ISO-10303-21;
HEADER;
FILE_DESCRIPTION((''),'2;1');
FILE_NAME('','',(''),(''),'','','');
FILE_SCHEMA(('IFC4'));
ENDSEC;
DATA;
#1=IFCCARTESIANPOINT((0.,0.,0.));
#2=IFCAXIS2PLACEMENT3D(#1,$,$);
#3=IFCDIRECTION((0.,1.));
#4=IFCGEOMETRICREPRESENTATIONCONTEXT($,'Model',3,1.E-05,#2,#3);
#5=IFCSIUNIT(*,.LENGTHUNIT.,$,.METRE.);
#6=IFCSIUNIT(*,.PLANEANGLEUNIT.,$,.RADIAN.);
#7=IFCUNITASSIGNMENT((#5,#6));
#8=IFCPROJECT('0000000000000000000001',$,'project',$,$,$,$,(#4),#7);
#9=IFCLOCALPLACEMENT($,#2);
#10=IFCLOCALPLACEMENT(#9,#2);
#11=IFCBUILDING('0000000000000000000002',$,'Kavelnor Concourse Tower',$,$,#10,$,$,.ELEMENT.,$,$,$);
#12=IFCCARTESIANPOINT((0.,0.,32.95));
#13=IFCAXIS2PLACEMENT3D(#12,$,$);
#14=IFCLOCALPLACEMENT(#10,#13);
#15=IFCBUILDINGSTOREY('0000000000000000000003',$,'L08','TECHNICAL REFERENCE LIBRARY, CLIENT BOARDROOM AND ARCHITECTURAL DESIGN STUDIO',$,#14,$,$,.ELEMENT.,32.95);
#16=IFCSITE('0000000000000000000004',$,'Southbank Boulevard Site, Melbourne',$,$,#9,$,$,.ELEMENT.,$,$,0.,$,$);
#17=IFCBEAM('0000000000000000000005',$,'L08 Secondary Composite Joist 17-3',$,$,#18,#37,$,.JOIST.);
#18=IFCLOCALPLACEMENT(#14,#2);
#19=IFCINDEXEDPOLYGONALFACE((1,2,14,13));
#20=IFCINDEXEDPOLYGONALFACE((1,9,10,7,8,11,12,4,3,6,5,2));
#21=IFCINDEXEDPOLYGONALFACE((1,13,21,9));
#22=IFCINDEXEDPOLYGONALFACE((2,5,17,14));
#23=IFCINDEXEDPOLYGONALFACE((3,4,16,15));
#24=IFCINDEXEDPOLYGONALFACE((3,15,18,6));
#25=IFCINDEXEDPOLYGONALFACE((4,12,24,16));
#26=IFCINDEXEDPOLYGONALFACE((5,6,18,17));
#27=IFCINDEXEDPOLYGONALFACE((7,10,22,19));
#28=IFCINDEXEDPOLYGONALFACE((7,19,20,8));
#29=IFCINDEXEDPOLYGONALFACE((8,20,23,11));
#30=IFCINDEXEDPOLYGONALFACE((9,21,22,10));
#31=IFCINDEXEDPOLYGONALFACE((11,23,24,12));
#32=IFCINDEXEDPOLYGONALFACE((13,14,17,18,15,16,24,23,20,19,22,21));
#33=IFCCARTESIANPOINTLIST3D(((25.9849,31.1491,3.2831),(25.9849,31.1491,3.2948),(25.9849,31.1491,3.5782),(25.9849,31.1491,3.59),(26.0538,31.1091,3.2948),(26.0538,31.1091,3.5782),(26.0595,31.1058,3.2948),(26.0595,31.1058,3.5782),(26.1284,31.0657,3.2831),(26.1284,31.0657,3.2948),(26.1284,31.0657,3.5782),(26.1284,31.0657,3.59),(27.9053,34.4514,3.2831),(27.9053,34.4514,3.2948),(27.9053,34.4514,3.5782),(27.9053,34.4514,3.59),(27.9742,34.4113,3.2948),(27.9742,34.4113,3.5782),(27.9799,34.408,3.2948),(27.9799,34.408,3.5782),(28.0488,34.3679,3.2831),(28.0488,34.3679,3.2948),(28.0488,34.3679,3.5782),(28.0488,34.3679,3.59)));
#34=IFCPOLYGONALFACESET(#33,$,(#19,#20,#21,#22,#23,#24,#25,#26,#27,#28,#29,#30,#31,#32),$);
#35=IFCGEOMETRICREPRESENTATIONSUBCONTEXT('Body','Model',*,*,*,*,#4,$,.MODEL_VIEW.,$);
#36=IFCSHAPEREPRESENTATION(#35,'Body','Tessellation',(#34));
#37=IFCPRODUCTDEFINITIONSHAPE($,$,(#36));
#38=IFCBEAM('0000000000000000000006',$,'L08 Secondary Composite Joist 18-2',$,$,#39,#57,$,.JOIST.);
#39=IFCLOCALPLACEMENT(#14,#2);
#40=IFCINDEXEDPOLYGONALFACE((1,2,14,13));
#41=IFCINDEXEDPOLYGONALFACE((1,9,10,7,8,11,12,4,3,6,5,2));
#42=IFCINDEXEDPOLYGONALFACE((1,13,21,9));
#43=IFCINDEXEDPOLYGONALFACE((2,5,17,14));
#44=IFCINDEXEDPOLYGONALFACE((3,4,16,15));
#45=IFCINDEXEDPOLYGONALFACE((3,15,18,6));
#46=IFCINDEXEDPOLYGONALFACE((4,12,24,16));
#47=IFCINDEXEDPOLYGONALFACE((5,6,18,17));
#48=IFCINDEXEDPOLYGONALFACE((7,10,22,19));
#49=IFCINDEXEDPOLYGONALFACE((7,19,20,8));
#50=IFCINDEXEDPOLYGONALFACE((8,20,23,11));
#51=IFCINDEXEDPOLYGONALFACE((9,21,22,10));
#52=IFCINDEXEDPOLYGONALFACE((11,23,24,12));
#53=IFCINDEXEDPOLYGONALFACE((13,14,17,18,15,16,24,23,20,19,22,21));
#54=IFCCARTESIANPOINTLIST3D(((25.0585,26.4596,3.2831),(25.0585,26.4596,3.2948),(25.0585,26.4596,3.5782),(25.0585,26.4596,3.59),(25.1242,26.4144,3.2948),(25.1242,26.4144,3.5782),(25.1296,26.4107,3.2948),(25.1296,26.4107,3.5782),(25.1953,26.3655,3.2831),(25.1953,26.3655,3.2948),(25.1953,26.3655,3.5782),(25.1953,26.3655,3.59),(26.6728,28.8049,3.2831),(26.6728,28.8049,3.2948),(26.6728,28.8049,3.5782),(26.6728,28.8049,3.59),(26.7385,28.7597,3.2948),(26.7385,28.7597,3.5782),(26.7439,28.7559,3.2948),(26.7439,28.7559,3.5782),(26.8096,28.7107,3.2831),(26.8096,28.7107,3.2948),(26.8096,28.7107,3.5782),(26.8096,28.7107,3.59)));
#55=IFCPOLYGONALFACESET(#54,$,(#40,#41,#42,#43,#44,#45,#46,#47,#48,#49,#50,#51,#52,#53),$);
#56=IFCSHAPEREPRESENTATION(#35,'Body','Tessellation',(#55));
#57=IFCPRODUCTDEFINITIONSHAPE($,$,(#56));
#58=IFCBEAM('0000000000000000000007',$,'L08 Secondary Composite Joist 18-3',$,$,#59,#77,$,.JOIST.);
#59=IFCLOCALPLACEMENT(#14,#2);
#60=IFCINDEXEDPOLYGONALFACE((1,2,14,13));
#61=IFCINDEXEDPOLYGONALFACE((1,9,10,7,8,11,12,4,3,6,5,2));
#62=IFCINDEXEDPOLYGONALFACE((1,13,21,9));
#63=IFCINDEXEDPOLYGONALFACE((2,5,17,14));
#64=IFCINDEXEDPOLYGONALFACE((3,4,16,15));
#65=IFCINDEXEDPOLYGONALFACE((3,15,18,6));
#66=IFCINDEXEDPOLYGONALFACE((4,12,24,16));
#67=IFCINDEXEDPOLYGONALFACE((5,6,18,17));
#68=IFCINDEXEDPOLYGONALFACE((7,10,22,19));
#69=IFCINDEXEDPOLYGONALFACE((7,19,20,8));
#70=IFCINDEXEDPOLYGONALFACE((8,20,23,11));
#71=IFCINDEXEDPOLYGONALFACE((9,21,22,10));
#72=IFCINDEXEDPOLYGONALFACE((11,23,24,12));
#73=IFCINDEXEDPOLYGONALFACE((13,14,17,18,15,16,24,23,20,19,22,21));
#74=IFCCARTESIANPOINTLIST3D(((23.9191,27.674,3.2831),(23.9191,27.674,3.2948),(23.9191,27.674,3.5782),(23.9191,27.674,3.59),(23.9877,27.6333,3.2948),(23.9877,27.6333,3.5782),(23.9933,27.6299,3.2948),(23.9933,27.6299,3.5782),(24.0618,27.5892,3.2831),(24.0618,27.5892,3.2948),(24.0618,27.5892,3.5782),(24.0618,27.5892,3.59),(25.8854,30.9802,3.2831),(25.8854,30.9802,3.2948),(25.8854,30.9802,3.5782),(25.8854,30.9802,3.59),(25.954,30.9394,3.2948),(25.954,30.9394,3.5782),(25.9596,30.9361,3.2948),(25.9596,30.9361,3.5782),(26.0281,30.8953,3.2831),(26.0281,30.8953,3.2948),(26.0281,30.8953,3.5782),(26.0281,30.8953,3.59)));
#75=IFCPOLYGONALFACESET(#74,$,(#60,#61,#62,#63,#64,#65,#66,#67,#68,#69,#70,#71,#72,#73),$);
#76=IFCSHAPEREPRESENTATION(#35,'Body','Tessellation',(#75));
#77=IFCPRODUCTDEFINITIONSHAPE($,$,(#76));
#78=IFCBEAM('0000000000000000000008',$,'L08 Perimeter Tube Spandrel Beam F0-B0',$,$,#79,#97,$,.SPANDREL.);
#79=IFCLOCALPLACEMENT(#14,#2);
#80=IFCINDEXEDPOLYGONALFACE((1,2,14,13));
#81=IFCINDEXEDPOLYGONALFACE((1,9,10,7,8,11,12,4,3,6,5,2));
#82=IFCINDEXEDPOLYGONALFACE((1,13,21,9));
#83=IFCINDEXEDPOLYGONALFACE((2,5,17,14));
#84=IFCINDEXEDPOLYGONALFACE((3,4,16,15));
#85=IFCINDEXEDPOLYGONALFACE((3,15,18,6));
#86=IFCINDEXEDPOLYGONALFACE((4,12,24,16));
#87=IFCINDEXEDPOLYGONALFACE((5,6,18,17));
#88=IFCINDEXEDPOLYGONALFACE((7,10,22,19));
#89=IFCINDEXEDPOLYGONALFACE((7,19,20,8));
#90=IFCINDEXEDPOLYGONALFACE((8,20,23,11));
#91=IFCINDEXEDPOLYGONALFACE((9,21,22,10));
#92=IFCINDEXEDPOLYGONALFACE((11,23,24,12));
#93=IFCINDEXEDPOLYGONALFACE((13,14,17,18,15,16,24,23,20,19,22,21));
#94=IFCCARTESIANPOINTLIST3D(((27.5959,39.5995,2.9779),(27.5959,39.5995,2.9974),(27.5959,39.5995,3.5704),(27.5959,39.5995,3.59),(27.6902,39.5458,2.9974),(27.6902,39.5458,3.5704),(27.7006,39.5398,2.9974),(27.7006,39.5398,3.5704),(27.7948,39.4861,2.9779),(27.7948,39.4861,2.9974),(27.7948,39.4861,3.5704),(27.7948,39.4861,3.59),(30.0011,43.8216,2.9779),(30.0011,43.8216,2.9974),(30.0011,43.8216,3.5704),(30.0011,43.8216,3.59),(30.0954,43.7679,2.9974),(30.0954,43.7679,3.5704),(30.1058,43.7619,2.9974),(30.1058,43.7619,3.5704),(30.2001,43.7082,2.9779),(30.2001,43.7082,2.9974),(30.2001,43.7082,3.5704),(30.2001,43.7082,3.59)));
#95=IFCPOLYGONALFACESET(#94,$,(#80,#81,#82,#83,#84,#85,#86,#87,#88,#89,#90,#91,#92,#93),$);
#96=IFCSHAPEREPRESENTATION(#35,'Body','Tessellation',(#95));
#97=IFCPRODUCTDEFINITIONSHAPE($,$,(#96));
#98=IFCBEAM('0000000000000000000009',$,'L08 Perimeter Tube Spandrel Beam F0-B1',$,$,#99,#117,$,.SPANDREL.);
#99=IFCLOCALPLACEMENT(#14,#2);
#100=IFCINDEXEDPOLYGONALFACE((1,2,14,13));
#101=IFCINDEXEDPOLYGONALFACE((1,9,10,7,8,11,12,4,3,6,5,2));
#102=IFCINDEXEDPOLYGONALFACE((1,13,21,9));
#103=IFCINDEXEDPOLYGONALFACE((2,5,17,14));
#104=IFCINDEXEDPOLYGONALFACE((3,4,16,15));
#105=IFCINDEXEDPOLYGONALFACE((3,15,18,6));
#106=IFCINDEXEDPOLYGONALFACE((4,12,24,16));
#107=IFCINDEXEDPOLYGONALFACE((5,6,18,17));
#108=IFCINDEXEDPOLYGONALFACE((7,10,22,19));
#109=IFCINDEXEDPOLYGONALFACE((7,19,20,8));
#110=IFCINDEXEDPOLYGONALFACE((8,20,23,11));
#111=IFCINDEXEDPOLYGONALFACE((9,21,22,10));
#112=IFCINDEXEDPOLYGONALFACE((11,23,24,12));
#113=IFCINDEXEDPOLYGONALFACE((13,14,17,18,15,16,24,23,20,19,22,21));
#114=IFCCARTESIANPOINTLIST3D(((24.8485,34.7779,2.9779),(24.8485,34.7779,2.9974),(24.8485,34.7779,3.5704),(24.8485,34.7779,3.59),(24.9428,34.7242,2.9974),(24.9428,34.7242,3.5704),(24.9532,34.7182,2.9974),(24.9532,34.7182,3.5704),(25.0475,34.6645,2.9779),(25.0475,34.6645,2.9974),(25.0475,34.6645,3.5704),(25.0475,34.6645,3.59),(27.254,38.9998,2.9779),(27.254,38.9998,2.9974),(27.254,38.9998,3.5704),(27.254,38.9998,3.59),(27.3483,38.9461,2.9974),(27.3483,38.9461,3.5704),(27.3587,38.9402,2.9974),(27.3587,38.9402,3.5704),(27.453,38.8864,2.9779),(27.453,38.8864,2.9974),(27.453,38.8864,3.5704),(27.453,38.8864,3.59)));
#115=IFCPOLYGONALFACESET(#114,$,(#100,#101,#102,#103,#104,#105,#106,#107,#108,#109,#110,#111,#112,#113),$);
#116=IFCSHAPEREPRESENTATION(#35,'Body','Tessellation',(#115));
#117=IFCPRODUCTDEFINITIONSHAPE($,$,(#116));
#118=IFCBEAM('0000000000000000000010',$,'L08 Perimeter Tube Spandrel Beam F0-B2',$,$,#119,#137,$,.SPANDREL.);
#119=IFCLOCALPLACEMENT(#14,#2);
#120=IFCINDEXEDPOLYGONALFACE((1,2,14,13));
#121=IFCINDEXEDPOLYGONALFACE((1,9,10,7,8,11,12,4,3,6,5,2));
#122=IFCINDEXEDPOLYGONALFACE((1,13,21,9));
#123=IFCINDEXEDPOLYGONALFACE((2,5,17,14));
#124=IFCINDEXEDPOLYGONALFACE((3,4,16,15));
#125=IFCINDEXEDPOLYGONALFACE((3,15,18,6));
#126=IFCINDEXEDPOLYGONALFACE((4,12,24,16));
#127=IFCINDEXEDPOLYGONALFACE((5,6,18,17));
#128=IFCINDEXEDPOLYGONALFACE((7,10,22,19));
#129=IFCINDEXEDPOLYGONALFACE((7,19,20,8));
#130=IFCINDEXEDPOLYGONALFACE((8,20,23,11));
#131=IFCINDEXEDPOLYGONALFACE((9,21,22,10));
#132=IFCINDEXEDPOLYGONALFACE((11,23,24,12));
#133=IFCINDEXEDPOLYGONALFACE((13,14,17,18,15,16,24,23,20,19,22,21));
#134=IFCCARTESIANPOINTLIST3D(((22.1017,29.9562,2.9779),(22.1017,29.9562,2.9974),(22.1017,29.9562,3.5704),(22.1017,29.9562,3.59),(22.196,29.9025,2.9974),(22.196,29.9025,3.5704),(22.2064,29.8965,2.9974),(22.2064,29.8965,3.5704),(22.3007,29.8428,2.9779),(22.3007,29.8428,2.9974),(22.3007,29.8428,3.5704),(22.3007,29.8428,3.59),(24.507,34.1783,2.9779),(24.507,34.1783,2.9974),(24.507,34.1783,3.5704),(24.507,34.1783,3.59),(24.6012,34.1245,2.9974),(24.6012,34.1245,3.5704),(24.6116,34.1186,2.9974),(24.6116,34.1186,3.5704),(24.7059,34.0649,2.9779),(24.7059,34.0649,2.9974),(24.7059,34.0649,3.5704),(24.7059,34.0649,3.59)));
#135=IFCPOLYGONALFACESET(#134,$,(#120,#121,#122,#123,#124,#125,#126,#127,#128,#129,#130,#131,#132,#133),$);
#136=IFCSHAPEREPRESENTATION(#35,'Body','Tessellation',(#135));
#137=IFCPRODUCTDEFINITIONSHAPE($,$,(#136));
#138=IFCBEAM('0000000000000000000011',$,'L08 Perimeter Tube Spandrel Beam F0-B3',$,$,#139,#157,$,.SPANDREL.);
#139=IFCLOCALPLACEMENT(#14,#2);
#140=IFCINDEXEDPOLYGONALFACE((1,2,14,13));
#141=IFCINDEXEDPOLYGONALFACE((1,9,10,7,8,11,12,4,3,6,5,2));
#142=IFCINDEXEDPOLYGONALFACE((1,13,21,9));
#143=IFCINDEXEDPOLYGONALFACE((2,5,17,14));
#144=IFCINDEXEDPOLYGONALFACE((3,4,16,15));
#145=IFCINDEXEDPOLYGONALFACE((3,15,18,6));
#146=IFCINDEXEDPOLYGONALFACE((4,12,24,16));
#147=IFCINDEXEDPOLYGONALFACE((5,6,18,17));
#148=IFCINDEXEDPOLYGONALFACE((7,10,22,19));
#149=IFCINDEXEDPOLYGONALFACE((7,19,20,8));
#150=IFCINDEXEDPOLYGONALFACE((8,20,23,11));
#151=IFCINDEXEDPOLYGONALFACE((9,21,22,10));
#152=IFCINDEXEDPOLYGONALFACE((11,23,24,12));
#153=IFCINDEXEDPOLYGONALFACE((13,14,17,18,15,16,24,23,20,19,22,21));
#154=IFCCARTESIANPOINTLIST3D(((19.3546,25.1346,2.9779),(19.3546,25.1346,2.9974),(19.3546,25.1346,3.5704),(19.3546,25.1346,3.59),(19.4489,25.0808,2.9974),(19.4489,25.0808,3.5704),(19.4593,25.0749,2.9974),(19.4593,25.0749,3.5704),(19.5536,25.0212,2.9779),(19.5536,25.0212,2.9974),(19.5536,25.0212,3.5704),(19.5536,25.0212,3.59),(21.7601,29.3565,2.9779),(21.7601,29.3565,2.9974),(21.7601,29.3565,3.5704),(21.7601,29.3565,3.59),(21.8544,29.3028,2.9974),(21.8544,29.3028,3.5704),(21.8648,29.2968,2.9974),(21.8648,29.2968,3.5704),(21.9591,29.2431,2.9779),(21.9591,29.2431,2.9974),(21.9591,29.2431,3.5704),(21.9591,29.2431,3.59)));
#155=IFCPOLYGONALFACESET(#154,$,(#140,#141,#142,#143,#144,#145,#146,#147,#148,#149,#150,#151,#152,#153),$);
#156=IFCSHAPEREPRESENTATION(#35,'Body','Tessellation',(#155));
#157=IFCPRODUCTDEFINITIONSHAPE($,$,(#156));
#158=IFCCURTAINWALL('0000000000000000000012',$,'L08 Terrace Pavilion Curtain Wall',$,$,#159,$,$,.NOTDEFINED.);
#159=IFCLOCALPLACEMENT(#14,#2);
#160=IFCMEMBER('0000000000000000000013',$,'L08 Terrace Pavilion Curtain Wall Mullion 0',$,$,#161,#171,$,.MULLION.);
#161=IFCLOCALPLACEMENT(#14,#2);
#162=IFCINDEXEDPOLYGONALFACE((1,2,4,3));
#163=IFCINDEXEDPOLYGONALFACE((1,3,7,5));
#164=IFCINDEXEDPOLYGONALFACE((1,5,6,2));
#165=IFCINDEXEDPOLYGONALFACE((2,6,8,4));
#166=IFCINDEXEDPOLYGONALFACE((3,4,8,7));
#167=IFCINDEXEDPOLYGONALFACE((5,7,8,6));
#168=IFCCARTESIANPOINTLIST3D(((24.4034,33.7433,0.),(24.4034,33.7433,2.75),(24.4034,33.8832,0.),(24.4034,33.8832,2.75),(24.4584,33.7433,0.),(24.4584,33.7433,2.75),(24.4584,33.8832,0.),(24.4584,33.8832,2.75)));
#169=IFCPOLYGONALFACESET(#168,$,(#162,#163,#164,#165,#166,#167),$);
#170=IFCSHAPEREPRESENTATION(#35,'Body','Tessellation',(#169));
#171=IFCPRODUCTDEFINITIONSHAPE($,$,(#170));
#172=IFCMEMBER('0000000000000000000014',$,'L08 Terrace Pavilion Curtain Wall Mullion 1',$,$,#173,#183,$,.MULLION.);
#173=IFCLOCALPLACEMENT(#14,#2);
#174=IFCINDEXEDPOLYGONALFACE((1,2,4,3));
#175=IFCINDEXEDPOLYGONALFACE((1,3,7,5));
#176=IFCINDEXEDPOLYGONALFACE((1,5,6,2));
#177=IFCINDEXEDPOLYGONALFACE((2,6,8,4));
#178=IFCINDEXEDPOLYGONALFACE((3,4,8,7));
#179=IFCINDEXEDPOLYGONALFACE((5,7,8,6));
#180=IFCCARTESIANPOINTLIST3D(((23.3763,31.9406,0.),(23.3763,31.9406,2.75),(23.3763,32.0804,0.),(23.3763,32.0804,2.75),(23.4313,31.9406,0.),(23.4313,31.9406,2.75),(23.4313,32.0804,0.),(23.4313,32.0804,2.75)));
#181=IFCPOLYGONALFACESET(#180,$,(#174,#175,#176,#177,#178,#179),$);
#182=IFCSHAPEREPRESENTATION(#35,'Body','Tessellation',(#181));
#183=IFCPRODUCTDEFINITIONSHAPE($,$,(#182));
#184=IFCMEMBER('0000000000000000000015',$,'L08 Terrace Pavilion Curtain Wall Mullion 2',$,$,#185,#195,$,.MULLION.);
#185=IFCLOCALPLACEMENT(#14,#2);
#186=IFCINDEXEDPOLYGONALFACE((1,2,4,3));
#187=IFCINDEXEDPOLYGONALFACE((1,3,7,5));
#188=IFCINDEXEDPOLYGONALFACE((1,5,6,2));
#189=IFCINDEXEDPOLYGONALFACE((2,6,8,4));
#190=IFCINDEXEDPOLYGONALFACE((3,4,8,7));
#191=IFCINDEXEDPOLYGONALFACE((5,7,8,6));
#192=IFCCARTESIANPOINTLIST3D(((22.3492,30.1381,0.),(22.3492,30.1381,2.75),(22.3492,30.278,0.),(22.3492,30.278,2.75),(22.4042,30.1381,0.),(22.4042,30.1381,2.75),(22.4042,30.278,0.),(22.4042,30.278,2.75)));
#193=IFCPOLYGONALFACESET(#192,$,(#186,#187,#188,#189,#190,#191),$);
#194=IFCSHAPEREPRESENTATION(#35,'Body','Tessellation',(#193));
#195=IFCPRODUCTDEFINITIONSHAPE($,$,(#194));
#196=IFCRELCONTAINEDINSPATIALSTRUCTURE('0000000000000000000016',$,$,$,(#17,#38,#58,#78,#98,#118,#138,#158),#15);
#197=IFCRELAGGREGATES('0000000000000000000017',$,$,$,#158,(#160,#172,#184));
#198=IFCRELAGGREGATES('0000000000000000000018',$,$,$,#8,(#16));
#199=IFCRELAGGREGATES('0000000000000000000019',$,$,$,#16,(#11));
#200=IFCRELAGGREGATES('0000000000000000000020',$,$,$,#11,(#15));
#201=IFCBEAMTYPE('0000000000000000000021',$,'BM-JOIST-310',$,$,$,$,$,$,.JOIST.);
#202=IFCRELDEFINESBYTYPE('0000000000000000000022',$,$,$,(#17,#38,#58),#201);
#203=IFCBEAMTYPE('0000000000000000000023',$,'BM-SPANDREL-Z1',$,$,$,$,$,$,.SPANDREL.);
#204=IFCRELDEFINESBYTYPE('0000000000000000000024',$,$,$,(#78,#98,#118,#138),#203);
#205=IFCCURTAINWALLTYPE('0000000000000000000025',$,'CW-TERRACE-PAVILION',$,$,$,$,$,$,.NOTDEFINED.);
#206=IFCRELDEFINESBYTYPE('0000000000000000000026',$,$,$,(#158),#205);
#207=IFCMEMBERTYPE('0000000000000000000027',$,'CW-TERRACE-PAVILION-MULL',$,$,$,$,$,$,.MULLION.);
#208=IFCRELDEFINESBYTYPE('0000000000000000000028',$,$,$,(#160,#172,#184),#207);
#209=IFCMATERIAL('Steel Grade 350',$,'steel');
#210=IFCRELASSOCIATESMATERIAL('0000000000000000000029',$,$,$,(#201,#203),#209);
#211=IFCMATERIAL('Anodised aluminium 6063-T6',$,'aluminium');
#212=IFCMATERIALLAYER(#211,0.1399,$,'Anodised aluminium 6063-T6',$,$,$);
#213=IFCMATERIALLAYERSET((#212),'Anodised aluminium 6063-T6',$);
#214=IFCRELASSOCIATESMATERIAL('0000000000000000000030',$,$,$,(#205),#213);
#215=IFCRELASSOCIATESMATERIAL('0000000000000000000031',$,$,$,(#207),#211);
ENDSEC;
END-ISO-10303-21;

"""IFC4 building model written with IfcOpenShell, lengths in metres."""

from ifc_helpers import new_model, si_unit, direction, frame, origin, origin_2d, place, context, subcontext, project, spatial, rectangle, i_section, extrude, material, layer, layer_set, material_profile, profile_set, type_object, element, aggregate, save


model = new_model("IFC4")

# Units and contexts
model_context = context("Model", 3, precision=1e-05, world=origin(), true_north=direction((0.0, 1.0)))
body_context = subcontext(model_context, "Body", "Model", "MODEL_VIEW")
ifc_project = project(units=[si_unit("LENGTHUNIT", "METRE"), si_unit("PLANEANGLEUNIT", "RADIAN")], contexts=[model_context])

# Site, building, storey
site_placement = place(None, origin())
site = spatial("IfcSite", under=ifc_project, at=site_placement, Name="Southbank Boulevard Site, Melbourne", CompositionType="ELEMENT", RefElevation=0.0)
building_placement = place(site_placement, origin())
building = spatial("IfcBuilding", under=site, at=building_placement, Name="Kavelnor Concourse Tower", CompositionType="ELEMENT")
storey_placement = place(building_placement, frame((0.0, 0.0, 32.95)))
storey = spatial("IfcBuildingStorey", under=building, at=storey_placement, Name="L08", Description="TECHNICAL REFERENCE LIBRARY, CLIENT BOARDROOM AND ARCHITECTURAL DESIGN STUDIO", CompositionType="ELEMENT", Elevation=32.95)

# Shared definitions
ifc_material_1 = material(Name="Steel Grade 350", Category="steel")

# Beams
ifc_material_profile_1 = material_profile(ifc_material_1, i_section(OverallWidth=0.166, OverallDepth=0.3069, WebThickness=0.0066, FlangeThickness=0.0117, at=origin_2d()), Name="310UB46")
ifc_profile_set_1 = profile_set([ifc_material_profile_1], Name="Steel Grade 350")
beam_type_1 = type_object("IfcBeamType", Name="BM-JOIST-310", PredefinedType="JOIST", material=ifc_profile_set_1)
beam_1_placement = place(storey_placement, frame((27.9771, 34.4097, 3.4365), z_axis=(-0.502718, -0.86445, 0.0), x_axis=(0.86445, -0.502718, 0.0)))
element("IfcBeam", 1, at=beam_1_placement, inside=storey, type_object=beam_type_1, Name="L08 Secondary Composite Joist 17-3", PredefinedType="JOIST", context=body_context, shape_type="SweptSolid", body=[
    extrude(i_section(OverallWidth=0.166, OverallDepth=0.3069, WebThickness=0.0066, FlangeThickness=0.0117, at=origin_2d()), origin(), (0.0, 0.0, 1.0), 3.8201),
])
beam_2_placement = place(storey_placement, frame((26.7412, 28.7578, 3.4365), z_axis=(-0.566987, -0.823727, 0.0), x_axis=(0.823727, -0.566987, 0.0)))
element("IfcBeam", 2, at=beam_2_placement, inside=storey, type_object=beam_type_1, Name="L08 Secondary Composite Joist 18-2", PredefinedType="JOIST", context=body_context, shape_type="SweptSolid", body=[
    extrude(i_section(OverallWidth=0.166, OverallDepth=0.3069, WebThickness=0.0066, FlangeThickness=0.0117, at=origin_2d()), origin(), (0.0, 0.0, 1.0), 2.8472),
])
beam_3_placement = place(storey_placement, frame((25.9568, 30.9377, 3.4365), z_axis=(-0.511169, -0.85948, 0.0), x_axis=(0.85948, -0.511169, 0.0)))
element("IfcBeam", 3, at=beam_3_placement, inside=storey, type_object=beam_type_1, Name="L08 Secondary Composite Joist 18-3", PredefinedType="JOIST", context=body_context, shape_type="SweptSolid", body=[
    extrude(i_section(OverallWidth=0.166, OverallDepth=0.3069, WebThickness=0.0066, FlangeThickness=0.0117, at=origin_2d()), origin(), (0.0, 0.0, 1.0), 3.8467),
])
ifc_material_profile_2 = material_profile(ifc_material_1, i_section(OverallWidth=0.229, OverallDepth=0.6121, WebThickness=0.012, FlangeThickness=0.0195, at=origin_2d()), Name="610UB125")
ifc_profile_set_2 = profile_set([ifc_material_profile_2], Name="Steel Grade 350")
beam_type_2 = type_object("IfcBeamType", Name="BM-SPANDREL-Z1", PredefinedType="SPANDREL", material=ifc_profile_set_2)
for number, where, z_axis, x_axis, name in (
    (4, (30.1006, 43.7649, 3.2839), (-0.494991, -0.868898, 0.0), (0.868898, -0.494991, 0.0), "L08 Perimeter Tube Spandrel Beam F0-B0"),
    (5, (27.3535, 38.9431, 3.2839), (-0.495051, -0.868864, 0.0), (0.868864, -0.495051, 0.0), "L08 Perimeter Tube Spandrel Beam F0-B1"),
    (6, (24.6064, 34.1216, 3.2839), (-0.494991, -0.868898, 0.0), (0.868898, -0.494991, 0.0), "L08 Perimeter Tube Spandrel Beam F0-B2"),
    (7, (21.8596, 29.2998, 3.2839), (-0.495051, -0.868864, 0.0), (0.868864, -0.495051, 0.0), "L08 Perimeter Tube Spandrel Beam F0-B3"),
):
    element("IfcBeam", number, at=place(storey_placement, frame(where, z_axis=z_axis, x_axis=x_axis)), inside=storey, type_object=beam_type_2, Name=name, PredefinedType="SPANDREL", context=body_context, shape_type="SweptSolid", body=[
        extrude(i_section(OverallWidth=0.229, OverallDepth=0.6121, WebThickness=0.012, FlangeThickness=0.0195, at=origin_2d()), origin(), (0.0, 0.0, 1.0), 4.8591),
    ])

# Curtain wall, members
ifc_material_2 = material(Name="Anodised aluminium 6063-T6", Category="aluminium")
ifc_layer_1 = layer(ifc_material_2, 0.1399, Name="Anodised aluminium 6063-T6")
ifc_layer_set_1 = layer_set([ifc_layer_1], Name="Anodised aluminium 6063-T6")
curtain_wall_type = type_object("IfcCurtainWallType", Name="CW-TERRACE-PAVILION", PredefinedType="NOTDEFINED", material=ifc_layer_set_1)
curtain_wall_placement = place(storey_placement, origin())
curtain_wall = element("IfcCurtainWall", 8, at=curtain_wall_placement, inside=storey, type_object=curtain_wall_type, Name="L08 Terrace Pavilion Curtain Wall", PredefinedType="NOTDEFINED")
ifc_material_profile_3 = material_profile(ifc_material_2, rectangle(XDim=0.0549, YDim=0.1399, at=origin_2d()), Name="AL-MULL 55x140")
ifc_profile_set_3 = profile_set([ifc_material_profile_3], Name="Anodised aluminium 6063-T6")
member_type_1 = type_object("IfcMemberType", Name="CW-TERRACE-PAVILION-MULL", PredefinedType="MULLION", material=ifc_profile_set_3)
member_1_placement = place(storey_placement, frame((24.4309, 33.8132, 0.0), z_axis=(0.0, 0.0, 1.0), x_axis=(1.0, 0.0, 0.0)))
member_1 = element("IfcMember", 9, at=member_1_placement, type_object=member_type_1, Name="L08 Terrace Pavilion Curtain Wall Mullion 0", PredefinedType="MULLION", context=body_context, shape_type="SweptSolid", body=[
    extrude(rectangle(XDim=0.0549, YDim=0.1399, at=origin_2d()), origin(), (0.0, 0.0, 1.0), 2.75),
])
member_2_placement = place(storey_placement, frame((23.4038, 32.0105, 0.0), z_axis=(0.0, 0.0, 1.0), x_axis=(1.0, 0.0, 0.0)))
member_2 = element("IfcMember", 10, at=member_2_placement, type_object=member_type_1, Name="L08 Terrace Pavilion Curtain Wall Mullion 1", PredefinedType="MULLION", context=body_context, shape_type="SweptSolid", body=[
    extrude(rectangle(XDim=0.0549, YDim=0.1399, at=origin_2d()), origin(), (0.0, 0.0, 1.0), 2.75),
])
member_3_placement = place(storey_placement, frame((22.3767, 30.208, 0.0), z_axis=(0.0, 0.0, 1.0), x_axis=(1.0, 0.0, 0.0)))
member_3 = element("IfcMember", 11, at=member_3_placement, type_object=member_type_1, Name="L08 Terrace Pavilion Curtain Wall Mullion 2", PredefinedType="MULLION", context=body_context, shape_type="SweptSolid", body=[
    extrude(rectangle(XDim=0.0549, YDim=0.1399, at=origin_2d()), origin(), (0.0, 0.0, 1.0), 2.75),
])

aggregate(curtain_wall, [member_1, member_2, member_3])

save(model, "model.ifc")
